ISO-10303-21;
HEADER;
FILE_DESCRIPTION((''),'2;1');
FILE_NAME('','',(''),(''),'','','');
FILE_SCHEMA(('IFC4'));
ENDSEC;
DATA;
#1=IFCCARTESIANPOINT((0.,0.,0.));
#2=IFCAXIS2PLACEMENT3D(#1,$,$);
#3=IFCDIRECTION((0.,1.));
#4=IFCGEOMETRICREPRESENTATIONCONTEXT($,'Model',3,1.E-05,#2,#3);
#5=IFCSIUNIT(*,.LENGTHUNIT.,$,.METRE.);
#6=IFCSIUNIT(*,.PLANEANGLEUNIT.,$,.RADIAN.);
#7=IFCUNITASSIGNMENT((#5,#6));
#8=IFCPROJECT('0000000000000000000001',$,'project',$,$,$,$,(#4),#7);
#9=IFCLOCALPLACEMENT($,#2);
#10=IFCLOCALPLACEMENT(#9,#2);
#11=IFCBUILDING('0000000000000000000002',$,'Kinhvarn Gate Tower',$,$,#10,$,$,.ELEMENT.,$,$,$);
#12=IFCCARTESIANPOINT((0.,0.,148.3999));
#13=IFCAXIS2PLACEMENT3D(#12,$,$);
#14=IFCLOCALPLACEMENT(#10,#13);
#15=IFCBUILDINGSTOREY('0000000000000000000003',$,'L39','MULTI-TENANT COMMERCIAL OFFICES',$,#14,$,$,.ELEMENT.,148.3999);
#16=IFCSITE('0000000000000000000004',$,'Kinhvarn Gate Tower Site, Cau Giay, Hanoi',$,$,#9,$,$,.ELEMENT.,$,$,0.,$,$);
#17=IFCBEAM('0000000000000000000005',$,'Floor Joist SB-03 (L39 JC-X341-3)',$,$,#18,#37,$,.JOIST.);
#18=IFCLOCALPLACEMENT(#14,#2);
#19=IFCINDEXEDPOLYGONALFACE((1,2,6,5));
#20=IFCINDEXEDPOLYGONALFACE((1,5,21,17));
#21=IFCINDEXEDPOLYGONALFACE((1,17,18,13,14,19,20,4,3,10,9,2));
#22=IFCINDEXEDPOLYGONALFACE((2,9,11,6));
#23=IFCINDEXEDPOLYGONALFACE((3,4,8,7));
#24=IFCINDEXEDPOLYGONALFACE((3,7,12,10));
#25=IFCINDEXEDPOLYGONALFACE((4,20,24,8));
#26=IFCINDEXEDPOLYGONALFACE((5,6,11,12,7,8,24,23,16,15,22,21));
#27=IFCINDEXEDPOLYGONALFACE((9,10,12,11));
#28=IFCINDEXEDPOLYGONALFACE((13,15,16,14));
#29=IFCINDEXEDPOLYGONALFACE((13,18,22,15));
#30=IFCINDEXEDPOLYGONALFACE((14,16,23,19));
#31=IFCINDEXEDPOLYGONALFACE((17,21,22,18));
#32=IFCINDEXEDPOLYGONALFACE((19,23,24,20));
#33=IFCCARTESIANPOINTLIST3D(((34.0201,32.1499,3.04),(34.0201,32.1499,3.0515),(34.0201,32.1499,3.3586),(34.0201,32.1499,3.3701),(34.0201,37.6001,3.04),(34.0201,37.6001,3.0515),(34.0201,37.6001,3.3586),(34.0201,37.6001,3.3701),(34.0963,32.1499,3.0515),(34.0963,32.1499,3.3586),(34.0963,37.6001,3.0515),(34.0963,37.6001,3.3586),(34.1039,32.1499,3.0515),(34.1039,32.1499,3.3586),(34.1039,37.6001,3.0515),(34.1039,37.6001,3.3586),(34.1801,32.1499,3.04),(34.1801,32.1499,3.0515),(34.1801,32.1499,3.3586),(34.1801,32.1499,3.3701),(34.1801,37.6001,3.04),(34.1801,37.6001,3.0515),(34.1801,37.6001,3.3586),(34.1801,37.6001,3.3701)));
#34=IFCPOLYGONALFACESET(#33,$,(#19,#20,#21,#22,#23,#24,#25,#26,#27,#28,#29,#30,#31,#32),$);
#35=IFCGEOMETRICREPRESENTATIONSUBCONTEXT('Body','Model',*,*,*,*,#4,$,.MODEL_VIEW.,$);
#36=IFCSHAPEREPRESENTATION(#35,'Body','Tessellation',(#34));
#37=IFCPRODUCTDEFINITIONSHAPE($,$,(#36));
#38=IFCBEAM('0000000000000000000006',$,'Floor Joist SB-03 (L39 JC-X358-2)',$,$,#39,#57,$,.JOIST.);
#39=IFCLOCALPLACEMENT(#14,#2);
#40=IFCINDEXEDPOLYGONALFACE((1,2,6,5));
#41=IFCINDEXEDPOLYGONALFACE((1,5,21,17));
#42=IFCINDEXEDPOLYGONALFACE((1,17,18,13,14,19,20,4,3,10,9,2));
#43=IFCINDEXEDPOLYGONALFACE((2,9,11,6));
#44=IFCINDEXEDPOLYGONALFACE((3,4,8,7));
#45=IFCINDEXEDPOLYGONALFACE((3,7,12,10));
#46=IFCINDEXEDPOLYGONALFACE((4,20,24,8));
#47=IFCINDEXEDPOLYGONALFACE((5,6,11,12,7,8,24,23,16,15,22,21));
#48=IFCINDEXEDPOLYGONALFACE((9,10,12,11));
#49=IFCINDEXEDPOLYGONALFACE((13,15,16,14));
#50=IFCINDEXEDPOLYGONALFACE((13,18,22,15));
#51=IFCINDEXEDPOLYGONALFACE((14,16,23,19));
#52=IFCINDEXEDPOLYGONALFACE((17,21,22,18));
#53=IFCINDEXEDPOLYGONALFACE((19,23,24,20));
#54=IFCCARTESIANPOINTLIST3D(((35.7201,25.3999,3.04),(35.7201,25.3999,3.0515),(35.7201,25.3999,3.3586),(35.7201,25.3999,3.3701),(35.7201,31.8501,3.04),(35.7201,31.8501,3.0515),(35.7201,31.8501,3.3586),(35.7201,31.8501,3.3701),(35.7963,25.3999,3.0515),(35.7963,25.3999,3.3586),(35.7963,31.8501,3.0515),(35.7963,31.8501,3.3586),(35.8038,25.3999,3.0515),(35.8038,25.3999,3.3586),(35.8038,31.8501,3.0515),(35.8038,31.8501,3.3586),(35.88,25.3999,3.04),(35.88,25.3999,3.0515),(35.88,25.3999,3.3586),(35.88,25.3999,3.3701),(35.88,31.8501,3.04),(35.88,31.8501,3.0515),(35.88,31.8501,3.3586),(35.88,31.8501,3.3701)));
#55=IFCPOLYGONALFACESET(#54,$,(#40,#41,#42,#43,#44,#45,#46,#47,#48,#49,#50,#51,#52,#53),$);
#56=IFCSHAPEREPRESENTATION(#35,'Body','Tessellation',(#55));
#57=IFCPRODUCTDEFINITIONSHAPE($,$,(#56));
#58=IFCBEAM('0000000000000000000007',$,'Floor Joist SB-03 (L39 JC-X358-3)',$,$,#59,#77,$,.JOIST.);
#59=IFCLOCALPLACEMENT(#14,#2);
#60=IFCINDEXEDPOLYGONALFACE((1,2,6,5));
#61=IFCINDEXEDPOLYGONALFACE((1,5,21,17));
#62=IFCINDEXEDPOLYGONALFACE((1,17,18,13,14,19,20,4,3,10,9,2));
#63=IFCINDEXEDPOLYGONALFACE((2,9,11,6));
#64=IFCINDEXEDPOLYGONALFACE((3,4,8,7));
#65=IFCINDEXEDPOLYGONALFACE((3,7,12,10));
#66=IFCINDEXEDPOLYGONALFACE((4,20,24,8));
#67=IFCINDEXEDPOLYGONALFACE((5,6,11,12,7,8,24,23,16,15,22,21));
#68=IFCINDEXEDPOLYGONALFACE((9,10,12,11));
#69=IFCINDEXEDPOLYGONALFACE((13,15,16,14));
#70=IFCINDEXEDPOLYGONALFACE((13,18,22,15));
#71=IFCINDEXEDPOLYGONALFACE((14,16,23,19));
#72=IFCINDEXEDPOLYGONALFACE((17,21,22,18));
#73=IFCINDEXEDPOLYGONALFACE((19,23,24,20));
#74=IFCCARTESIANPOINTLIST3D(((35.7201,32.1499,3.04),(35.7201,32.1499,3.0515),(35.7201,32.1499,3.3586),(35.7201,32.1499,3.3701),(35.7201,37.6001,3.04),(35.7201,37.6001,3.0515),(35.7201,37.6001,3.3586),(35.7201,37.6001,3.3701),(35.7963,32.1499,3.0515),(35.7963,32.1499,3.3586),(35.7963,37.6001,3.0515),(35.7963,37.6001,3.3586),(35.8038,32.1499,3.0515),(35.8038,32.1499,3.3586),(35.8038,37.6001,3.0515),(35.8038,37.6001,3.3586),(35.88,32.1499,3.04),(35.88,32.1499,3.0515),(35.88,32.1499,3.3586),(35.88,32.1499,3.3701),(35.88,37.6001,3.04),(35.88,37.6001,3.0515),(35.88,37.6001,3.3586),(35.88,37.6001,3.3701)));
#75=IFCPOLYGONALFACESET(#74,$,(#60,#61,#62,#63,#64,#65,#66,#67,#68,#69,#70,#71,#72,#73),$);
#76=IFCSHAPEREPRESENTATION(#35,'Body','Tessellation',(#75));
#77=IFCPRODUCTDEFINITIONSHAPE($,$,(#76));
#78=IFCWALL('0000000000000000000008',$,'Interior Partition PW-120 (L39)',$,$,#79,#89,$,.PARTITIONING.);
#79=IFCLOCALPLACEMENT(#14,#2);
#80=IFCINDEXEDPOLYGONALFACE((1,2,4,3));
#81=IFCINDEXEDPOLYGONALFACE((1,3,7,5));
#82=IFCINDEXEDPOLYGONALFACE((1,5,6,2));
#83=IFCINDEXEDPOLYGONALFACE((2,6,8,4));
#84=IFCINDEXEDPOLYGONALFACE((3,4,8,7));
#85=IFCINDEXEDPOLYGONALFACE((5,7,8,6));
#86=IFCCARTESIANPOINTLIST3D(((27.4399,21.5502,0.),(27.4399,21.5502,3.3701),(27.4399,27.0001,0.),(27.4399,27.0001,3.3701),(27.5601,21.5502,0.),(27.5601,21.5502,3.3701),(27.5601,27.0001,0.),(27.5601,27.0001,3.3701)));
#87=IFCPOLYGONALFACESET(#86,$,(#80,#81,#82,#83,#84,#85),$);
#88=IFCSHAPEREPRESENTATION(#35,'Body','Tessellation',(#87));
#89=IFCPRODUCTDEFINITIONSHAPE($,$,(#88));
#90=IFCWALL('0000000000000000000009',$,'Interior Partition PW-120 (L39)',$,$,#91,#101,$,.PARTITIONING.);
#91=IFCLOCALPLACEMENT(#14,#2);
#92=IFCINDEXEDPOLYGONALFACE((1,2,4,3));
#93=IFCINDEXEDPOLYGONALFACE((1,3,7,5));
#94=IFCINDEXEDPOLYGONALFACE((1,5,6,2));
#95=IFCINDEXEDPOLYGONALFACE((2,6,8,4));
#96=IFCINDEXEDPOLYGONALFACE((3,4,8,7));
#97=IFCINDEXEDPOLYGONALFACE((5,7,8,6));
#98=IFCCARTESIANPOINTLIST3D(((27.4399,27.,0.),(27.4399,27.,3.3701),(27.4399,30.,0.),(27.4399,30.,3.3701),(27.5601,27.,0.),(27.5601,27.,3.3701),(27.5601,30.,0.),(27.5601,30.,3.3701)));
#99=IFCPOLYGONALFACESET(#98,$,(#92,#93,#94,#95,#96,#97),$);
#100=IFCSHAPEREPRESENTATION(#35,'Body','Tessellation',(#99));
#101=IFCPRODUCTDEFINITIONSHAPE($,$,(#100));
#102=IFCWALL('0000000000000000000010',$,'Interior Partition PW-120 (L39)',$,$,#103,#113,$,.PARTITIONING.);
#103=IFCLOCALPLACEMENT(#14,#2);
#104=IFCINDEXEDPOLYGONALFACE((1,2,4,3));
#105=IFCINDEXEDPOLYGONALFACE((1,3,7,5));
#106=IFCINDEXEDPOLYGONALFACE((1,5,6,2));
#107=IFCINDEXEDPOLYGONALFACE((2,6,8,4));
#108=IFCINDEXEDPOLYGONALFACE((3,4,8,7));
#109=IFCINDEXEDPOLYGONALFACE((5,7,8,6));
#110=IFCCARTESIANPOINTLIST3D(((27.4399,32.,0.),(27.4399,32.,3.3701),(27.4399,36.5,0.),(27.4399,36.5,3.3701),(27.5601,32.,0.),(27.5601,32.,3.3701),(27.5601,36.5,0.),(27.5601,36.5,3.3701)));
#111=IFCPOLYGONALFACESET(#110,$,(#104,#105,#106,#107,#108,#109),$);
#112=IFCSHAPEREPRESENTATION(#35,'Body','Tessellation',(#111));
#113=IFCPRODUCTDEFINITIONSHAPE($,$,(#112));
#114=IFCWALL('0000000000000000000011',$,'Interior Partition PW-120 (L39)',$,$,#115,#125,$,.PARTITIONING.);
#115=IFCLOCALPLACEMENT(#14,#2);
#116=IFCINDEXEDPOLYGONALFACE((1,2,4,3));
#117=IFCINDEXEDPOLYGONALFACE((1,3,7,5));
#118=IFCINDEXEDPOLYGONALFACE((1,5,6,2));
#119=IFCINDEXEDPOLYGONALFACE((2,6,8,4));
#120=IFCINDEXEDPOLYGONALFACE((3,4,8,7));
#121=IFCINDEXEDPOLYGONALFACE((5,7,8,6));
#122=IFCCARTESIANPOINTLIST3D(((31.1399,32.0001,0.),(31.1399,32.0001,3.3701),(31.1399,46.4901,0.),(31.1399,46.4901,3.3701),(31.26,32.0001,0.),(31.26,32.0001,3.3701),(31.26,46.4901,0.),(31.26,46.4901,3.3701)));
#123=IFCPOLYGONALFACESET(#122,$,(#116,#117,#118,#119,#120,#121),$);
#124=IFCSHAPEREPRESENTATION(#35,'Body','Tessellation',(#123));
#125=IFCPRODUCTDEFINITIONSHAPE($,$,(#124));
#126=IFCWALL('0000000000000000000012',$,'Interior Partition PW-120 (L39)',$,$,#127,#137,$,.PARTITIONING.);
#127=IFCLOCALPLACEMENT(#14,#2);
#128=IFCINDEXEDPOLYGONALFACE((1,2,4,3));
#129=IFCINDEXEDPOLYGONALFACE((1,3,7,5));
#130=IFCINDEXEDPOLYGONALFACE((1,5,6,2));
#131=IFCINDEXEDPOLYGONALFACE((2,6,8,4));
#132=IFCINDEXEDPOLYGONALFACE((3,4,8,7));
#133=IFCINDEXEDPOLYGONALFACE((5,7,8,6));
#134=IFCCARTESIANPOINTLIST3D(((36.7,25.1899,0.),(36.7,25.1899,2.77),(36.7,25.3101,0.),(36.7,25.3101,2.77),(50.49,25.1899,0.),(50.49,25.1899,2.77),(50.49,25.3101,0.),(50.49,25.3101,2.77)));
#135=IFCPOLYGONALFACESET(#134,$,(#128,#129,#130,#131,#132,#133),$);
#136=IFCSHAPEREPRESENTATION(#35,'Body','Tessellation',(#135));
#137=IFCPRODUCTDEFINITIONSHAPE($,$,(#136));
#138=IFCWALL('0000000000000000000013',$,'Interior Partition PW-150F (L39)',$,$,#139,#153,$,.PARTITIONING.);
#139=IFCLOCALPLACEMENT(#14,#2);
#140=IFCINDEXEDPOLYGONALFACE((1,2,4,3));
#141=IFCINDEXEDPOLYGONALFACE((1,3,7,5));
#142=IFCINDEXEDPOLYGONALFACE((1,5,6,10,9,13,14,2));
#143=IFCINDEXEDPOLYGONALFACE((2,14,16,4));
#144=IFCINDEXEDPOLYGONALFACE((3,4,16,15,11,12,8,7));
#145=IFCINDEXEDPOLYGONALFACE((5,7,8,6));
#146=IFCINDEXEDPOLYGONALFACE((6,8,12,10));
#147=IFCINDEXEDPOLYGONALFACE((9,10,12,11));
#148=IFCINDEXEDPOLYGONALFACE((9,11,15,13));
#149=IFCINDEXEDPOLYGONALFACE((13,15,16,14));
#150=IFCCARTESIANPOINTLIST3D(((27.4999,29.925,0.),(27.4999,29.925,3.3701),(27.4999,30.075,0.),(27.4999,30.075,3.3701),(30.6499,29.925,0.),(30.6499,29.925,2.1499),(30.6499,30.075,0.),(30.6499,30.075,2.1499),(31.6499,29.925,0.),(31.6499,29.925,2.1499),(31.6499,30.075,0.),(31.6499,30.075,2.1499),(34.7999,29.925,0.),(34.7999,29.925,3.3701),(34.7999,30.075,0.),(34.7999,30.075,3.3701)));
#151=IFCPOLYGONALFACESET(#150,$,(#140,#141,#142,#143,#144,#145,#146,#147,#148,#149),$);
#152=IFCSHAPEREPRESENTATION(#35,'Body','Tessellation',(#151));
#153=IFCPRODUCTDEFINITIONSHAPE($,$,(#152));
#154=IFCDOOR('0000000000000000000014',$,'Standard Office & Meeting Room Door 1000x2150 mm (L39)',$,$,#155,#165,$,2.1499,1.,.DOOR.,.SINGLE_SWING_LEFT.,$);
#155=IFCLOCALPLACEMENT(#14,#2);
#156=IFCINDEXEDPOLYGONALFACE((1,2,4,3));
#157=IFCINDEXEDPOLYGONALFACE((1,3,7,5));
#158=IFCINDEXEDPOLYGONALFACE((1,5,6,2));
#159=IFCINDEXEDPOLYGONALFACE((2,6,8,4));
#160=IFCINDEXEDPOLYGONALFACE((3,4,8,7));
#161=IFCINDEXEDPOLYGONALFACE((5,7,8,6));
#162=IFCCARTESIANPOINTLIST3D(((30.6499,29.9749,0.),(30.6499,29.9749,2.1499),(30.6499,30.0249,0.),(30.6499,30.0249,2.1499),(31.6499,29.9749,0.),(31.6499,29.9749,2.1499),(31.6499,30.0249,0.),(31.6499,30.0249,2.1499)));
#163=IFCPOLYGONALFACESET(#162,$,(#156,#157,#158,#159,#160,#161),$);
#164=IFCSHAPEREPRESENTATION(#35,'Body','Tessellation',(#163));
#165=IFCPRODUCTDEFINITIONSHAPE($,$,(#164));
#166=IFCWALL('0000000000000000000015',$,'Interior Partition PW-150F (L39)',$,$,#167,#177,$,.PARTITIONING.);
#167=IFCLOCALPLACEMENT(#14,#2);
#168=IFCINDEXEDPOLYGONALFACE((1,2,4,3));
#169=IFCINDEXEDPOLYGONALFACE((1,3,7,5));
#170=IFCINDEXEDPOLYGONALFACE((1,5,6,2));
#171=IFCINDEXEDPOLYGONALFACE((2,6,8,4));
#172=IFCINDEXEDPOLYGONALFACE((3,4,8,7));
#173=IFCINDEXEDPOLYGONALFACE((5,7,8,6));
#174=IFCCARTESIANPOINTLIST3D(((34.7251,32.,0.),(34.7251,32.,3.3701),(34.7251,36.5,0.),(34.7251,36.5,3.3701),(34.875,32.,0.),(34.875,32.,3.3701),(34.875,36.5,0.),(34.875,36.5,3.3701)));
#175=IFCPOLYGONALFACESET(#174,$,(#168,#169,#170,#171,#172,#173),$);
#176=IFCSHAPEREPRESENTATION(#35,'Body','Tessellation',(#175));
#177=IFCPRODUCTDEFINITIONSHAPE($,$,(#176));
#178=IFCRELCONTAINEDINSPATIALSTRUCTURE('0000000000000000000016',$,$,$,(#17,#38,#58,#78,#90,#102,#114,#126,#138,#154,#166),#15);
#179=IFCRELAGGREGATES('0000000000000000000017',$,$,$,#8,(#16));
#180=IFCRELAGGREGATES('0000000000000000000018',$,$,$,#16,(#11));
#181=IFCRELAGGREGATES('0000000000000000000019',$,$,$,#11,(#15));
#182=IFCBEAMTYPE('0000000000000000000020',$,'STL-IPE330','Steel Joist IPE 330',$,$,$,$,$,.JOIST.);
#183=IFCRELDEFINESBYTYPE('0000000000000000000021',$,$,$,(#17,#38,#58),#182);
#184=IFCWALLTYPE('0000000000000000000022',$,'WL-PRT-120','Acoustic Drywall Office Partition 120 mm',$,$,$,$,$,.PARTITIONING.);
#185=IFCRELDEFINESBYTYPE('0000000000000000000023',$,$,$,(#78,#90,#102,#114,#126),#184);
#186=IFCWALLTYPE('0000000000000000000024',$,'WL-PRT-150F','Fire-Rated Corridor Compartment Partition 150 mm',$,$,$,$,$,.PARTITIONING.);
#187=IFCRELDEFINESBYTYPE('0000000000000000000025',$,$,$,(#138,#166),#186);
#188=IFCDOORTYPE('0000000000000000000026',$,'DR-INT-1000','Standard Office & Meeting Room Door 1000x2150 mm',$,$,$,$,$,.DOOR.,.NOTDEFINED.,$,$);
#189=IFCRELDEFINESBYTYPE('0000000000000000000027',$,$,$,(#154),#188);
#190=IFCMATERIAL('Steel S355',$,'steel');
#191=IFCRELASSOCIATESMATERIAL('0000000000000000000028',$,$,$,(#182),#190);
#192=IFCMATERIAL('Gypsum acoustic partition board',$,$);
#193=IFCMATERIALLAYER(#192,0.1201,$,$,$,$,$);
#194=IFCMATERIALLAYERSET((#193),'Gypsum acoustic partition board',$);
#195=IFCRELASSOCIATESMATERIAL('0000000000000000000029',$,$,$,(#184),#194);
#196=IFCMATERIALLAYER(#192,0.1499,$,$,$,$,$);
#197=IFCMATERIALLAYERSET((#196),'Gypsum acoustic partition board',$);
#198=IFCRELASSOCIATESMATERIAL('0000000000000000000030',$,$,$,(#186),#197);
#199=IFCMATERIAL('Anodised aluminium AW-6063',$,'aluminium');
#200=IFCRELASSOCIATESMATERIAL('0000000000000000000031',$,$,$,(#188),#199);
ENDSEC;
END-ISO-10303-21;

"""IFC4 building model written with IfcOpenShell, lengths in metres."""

from ifc_helpers import new_model, si_unit, direction, frame, frame_2d, origin, origin_2d, place, context, subcontext, project, spatial, rectangle, i_section, extrude, material, layer, layer_set, material_profile, profile_set, type_object, element, fill, save


model = new_model("IFC4")

# Units and contexts
model_context = context("Model", 3, precision=1e-05, world=origin(), true_north=direction((0.0, 1.0)))
body_context = subcontext(model_context, "Body", "Model", "MODEL_VIEW")
ifc_project = project(units=[si_unit("LENGTHUNIT", "METRE"), si_unit("PLANEANGLEUNIT", "RADIAN")], contexts=[model_context])

# Site, building, storey
site_placement = place(None, origin())
site = spatial("IfcSite", under=ifc_project, at=site_placement, Name="Kinhvarn Gate Tower Site, Cau Giay, Hanoi", CompositionType="ELEMENT", RefElevation=0.0)
building_placement = place(site_placement, origin())
building = spatial("IfcBuilding", under=site, at=building_placement, Name="Kinhvarn Gate Tower", CompositionType="ELEMENT")
storey_placement = place(building_placement, frame((0.0, 0.0, 148.3999)))
storey = spatial("IfcBuildingStorey", under=building, at=storey_placement, Name="L39", Description="MULTI-TENANT COMMERCIAL OFFICES", CompositionType="ELEMENT", Elevation=148.3999)

# Beams
ifc_material_1 = material(Name="Steel S355", Category="steel")
ifc_material_profile = material_profile(ifc_material_1, i_section(OverallWidth=0.1599, OverallDepth=0.3301, WebThickness=0.0076, FlangeThickness=0.0115, at=origin_2d()), Name="IPE 330")
ifc_profile_set = profile_set([ifc_material_profile], Name="Steel S355")
beam_type = type_object("IfcBeamType", Name="STL-IPE330", Description="Steel Joist IPE 330", PredefinedType="JOIST", material=ifc_profile_set)
beam_1_placement = place(storey_placement, frame((34.1001, 32.1499, 3.2051), z_axis=(0.0, 1.0, 0.0), x_axis=(-1.0, 0.0, 0.0)))
element("IfcBeam", 1, at=beam_1_placement, inside=storey, type_object=beam_type, Name="Floor Joist SB-03 (L39 JC-X341-3)", PredefinedType="JOIST", context=body_context, shape_type="SweptSolid", body=[
    extrude(i_section(OverallWidth=0.1599, OverallDepth=0.3301, WebThickness=0.0076, FlangeThickness=0.0115, at=origin_2d()), origin(), (0.0, 0.0, 1.0), 5.4502),
])
beam_2_placement = place(storey_placement, frame((35.8, 25.3999, 3.2051), z_axis=(0.0, 1.0, 0.0), x_axis=(-1.0, 0.0, 0.0)))
element("IfcBeam", 2, at=beam_2_placement, inside=storey, type_object=beam_type, Name="Floor Joist SB-03 (L39 JC-X358-2)", PredefinedType="JOIST", context=body_context, shape_type="SweptSolid", body=[
    extrude(i_section(OverallWidth=0.1599, OverallDepth=0.3301, WebThickness=0.0076, FlangeThickness=0.0115, at=origin_2d()), origin(), (0.0, 0.0, 1.0), 6.4502),
])
beam_3_placement = place(storey_placement, frame((35.8, 32.1499, 3.2051), z_axis=(0.0, 1.0, 0.0), x_axis=(-1.0, 0.0, 0.0)))
element("IfcBeam", 3, at=beam_3_placement, inside=storey, type_object=beam_type, Name="Floor Joist SB-03 (L39 JC-X358-3)", PredefinedType="JOIST", context=body_context, shape_type="SweptSolid", body=[
    extrude(i_section(OverallWidth=0.1599, OverallDepth=0.3301, WebThickness=0.0076, FlangeThickness=0.0115, at=origin_2d()), origin(), (0.0, 0.0, 1.0), 5.4502),
])

# Walls
ifc_material_2 = material(Name="Gypsum acoustic partition board")
ifc_layer_1 = layer(ifc_material_2, 0.1201)
ifc_layer_set_1 = layer_set([ifc_layer_1], Name="Gypsum acoustic partition board")
wall_type_1 = type_object("IfcWallType", Name="WL-PRT-120", Description="Acoustic Drywall Office Partition 120 mm", PredefinedType="PARTITIONING", material=ifc_layer_set_1)
wall_1_placement = place(storey_placement, frame((27.5, 21.55, 0.0), z_axis=(0.0, 0.0, 1.0), x_axis=(0.0, 1.0, 0.0)))
element("IfcWall", 4, at=wall_1_placement, inside=storey, type_object=wall_type_1, Name="Interior Partition PW-120 (L39)", PredefinedType="PARTITIONING", context=body_context, shape_type="SweptSolid", body=[
    extrude(rectangle(XDim=5.45, YDim=0.1201, at=frame_2d((2.7251, 0.0))), origin(), (0.0, 0.0, 1.0), 3.3701),
])
wall_2_placement = place(storey_placement, frame((27.5, 27.0, 0.0), z_axis=(0.0, 0.0, 1.0), x_axis=(0.0, 1.0, 0.0)))
element("IfcWall", 5, at=wall_2_placement, inside=storey, type_object=wall_type_1, Name="Interior Partition PW-120 (L39)", PredefinedType="PARTITIONING", context=body_context, shape_type="SweptSolid", body=[
    extrude(rectangle(XDim=3.0, YDim=0.1201, at=frame_2d((1.5, 0.0))), origin(), (0.0, 0.0, 1.0), 3.3701),
])
wall_3_placement = place(storey_placement, frame((27.5, 32.0, 0.0), z_axis=(0.0, 0.0, 1.0), x_axis=(0.0, 1.0, 0.0)))
element("IfcWall", 6, at=wall_3_placement, inside=storey, type_object=wall_type_1, Name="Interior Partition PW-120 (L39)", PredefinedType="PARTITIONING", context=body_context, shape_type="SweptSolid", body=[
    extrude(rectangle(XDim=4.5, YDim=0.1201, at=frame_2d((2.25, 0.0))), origin(), (0.0, 0.0, 1.0), 3.3701),
])
wall_4_placement = place(storey_placement, frame((31.2, 32.0, 0.0), z_axis=(0.0, 0.0, 1.0), x_axis=(0.0, 1.0, 0.0)))
element("IfcWall", 7, at=wall_4_placement, inside=storey, type_object=wall_type_1, Name="Interior Partition PW-120 (L39)", PredefinedType="PARTITIONING", context=body_context, shape_type="SweptSolid", body=[
    extrude(rectangle(XDim=14.49, YDim=0.1201, at=frame_2d((7.2451, 0.0))), origin(), (0.0, 0.0, 1.0), 3.3701),
])
wall_5_placement = place(storey_placement, frame((36.7, 25.25, 0.0), z_axis=(0.0, 0.0, 1.0), x_axis=(1.0, 0.0, 0.0)))
element("IfcWall", 8, at=wall_5_placement, inside=storey, type_object=wall_type_1, Name="Interior Partition PW-120 (L39)", PredefinedType="PARTITIONING", context=body_context, shape_type="SweptSolid", body=[
    extrude(rectangle(XDim=13.79, YDim=0.1201, at=frame_2d((6.895, 0.0))), origin(), (0.0, 0.0, 1.0), 2.77),
])

# Wall, opening, door
ifc_layer_2 = layer(ifc_material_2, 0.1499)
ifc_layer_set_2 = layer_set([ifc_layer_2], Name="Gypsum acoustic partition board")
wall_type_2 = type_object("IfcWallType", Name="WL-PRT-150F", Description="Fire-Rated Corridor Compartment Partition 150 mm", PredefinedType="PARTITIONING", material=ifc_layer_set_2)
wall_6_placement = place(storey_placement, frame((27.5, 30.0, 0.0), z_axis=(0.0, 0.0, 1.0), x_axis=(1.0, 0.0, 0.0)))
wall_6 = element("IfcWall", 9, at=wall_6_placement, inside=storey, type_object=wall_type_2, Name="Interior Partition PW-150F (L39)", PredefinedType="PARTITIONING", context=body_context, shape_type="SweptSolid", body=[
    extrude(rectangle(XDim=7.3, YDim=0.1499, at=frame_2d((3.6499, 0.0))), origin(), (0.0, 0.0, 1.0), 3.3701),
])
opening_1_placement = place(wall_6_placement, frame((3.1499, 0.0, 0.0)))
opening_1 = element("IfcOpeningElement", 10, at=opening_1_placement, cuts=wall_6, PredefinedType="OPENING", context=body_context, shape_type="SweptSolid", body=[
    extrude(rectangle(XDim=1.0, YDim=2.1499, at=frame_2d((0.5, 1.075))), frame((0.0, 0.085, 0.0), z_axis=(0.0, -1.0, 0.0), x_axis=(1.0, 0.0, 0.0)), (0.0, 0.0, 1.0), 0.1699),
])
ifc_material_3 = material(Name="Anodised aluminium AW-6063", Category="aluminium")
door_type = type_object("IfcDoorType", Name="DR-INT-1000", Description="Standard Office & Meeting Room Door 1000x2150 mm", OperationType="NOTDEFINED", PredefinedType="DOOR", material=ifc_material_3)
door_1_placement = place(opening_1_placement, origin())
door_1 = element("IfcDoor", 11, at=door_1_placement, inside=storey, type_object=door_type, Name="Standard Office & Meeting Room Door 1000x2150 mm (L39)", OperationType="SINGLE_SWING_LEFT", OverallHeight=2.1499, OverallWidth=1.0, PredefinedType="DOOR", context=body_context, shape_type="SweptSolid", body=[
    extrude(rectangle(XDim=1.0, YDim=2.1499, at=frame_2d((0.5, 1.075))), frame((0.0, 0.0249, 0.0), z_axis=(0.0, -1.0, 0.0), x_axis=(1.0, 0.0, 0.0)), (0.0, 0.0, 1.0), 0.05),
])
fill(opening_1, door_1)

# Wall
wall_7_placement = place(storey_placement, frame((34.8, 32.0, 0.0), z_axis=(0.0, 0.0, 1.0), x_axis=(0.0, 1.0, 0.0)))
element("IfcWall", 12, at=wall_7_placement, inside=storey, type_object=wall_type_2, Name="Interior Partition PW-150F (L39)", PredefinedType="PARTITIONING", context=body_context, shape_type="SweptSolid", body=[
    extrude(rectangle(XDim=4.5, YDim=0.1499, at=frame_2d((2.25, 0.0))), origin(), (0.0, 0.0, 1.0), 3.3701),
])

save(model, "model.ifc")
